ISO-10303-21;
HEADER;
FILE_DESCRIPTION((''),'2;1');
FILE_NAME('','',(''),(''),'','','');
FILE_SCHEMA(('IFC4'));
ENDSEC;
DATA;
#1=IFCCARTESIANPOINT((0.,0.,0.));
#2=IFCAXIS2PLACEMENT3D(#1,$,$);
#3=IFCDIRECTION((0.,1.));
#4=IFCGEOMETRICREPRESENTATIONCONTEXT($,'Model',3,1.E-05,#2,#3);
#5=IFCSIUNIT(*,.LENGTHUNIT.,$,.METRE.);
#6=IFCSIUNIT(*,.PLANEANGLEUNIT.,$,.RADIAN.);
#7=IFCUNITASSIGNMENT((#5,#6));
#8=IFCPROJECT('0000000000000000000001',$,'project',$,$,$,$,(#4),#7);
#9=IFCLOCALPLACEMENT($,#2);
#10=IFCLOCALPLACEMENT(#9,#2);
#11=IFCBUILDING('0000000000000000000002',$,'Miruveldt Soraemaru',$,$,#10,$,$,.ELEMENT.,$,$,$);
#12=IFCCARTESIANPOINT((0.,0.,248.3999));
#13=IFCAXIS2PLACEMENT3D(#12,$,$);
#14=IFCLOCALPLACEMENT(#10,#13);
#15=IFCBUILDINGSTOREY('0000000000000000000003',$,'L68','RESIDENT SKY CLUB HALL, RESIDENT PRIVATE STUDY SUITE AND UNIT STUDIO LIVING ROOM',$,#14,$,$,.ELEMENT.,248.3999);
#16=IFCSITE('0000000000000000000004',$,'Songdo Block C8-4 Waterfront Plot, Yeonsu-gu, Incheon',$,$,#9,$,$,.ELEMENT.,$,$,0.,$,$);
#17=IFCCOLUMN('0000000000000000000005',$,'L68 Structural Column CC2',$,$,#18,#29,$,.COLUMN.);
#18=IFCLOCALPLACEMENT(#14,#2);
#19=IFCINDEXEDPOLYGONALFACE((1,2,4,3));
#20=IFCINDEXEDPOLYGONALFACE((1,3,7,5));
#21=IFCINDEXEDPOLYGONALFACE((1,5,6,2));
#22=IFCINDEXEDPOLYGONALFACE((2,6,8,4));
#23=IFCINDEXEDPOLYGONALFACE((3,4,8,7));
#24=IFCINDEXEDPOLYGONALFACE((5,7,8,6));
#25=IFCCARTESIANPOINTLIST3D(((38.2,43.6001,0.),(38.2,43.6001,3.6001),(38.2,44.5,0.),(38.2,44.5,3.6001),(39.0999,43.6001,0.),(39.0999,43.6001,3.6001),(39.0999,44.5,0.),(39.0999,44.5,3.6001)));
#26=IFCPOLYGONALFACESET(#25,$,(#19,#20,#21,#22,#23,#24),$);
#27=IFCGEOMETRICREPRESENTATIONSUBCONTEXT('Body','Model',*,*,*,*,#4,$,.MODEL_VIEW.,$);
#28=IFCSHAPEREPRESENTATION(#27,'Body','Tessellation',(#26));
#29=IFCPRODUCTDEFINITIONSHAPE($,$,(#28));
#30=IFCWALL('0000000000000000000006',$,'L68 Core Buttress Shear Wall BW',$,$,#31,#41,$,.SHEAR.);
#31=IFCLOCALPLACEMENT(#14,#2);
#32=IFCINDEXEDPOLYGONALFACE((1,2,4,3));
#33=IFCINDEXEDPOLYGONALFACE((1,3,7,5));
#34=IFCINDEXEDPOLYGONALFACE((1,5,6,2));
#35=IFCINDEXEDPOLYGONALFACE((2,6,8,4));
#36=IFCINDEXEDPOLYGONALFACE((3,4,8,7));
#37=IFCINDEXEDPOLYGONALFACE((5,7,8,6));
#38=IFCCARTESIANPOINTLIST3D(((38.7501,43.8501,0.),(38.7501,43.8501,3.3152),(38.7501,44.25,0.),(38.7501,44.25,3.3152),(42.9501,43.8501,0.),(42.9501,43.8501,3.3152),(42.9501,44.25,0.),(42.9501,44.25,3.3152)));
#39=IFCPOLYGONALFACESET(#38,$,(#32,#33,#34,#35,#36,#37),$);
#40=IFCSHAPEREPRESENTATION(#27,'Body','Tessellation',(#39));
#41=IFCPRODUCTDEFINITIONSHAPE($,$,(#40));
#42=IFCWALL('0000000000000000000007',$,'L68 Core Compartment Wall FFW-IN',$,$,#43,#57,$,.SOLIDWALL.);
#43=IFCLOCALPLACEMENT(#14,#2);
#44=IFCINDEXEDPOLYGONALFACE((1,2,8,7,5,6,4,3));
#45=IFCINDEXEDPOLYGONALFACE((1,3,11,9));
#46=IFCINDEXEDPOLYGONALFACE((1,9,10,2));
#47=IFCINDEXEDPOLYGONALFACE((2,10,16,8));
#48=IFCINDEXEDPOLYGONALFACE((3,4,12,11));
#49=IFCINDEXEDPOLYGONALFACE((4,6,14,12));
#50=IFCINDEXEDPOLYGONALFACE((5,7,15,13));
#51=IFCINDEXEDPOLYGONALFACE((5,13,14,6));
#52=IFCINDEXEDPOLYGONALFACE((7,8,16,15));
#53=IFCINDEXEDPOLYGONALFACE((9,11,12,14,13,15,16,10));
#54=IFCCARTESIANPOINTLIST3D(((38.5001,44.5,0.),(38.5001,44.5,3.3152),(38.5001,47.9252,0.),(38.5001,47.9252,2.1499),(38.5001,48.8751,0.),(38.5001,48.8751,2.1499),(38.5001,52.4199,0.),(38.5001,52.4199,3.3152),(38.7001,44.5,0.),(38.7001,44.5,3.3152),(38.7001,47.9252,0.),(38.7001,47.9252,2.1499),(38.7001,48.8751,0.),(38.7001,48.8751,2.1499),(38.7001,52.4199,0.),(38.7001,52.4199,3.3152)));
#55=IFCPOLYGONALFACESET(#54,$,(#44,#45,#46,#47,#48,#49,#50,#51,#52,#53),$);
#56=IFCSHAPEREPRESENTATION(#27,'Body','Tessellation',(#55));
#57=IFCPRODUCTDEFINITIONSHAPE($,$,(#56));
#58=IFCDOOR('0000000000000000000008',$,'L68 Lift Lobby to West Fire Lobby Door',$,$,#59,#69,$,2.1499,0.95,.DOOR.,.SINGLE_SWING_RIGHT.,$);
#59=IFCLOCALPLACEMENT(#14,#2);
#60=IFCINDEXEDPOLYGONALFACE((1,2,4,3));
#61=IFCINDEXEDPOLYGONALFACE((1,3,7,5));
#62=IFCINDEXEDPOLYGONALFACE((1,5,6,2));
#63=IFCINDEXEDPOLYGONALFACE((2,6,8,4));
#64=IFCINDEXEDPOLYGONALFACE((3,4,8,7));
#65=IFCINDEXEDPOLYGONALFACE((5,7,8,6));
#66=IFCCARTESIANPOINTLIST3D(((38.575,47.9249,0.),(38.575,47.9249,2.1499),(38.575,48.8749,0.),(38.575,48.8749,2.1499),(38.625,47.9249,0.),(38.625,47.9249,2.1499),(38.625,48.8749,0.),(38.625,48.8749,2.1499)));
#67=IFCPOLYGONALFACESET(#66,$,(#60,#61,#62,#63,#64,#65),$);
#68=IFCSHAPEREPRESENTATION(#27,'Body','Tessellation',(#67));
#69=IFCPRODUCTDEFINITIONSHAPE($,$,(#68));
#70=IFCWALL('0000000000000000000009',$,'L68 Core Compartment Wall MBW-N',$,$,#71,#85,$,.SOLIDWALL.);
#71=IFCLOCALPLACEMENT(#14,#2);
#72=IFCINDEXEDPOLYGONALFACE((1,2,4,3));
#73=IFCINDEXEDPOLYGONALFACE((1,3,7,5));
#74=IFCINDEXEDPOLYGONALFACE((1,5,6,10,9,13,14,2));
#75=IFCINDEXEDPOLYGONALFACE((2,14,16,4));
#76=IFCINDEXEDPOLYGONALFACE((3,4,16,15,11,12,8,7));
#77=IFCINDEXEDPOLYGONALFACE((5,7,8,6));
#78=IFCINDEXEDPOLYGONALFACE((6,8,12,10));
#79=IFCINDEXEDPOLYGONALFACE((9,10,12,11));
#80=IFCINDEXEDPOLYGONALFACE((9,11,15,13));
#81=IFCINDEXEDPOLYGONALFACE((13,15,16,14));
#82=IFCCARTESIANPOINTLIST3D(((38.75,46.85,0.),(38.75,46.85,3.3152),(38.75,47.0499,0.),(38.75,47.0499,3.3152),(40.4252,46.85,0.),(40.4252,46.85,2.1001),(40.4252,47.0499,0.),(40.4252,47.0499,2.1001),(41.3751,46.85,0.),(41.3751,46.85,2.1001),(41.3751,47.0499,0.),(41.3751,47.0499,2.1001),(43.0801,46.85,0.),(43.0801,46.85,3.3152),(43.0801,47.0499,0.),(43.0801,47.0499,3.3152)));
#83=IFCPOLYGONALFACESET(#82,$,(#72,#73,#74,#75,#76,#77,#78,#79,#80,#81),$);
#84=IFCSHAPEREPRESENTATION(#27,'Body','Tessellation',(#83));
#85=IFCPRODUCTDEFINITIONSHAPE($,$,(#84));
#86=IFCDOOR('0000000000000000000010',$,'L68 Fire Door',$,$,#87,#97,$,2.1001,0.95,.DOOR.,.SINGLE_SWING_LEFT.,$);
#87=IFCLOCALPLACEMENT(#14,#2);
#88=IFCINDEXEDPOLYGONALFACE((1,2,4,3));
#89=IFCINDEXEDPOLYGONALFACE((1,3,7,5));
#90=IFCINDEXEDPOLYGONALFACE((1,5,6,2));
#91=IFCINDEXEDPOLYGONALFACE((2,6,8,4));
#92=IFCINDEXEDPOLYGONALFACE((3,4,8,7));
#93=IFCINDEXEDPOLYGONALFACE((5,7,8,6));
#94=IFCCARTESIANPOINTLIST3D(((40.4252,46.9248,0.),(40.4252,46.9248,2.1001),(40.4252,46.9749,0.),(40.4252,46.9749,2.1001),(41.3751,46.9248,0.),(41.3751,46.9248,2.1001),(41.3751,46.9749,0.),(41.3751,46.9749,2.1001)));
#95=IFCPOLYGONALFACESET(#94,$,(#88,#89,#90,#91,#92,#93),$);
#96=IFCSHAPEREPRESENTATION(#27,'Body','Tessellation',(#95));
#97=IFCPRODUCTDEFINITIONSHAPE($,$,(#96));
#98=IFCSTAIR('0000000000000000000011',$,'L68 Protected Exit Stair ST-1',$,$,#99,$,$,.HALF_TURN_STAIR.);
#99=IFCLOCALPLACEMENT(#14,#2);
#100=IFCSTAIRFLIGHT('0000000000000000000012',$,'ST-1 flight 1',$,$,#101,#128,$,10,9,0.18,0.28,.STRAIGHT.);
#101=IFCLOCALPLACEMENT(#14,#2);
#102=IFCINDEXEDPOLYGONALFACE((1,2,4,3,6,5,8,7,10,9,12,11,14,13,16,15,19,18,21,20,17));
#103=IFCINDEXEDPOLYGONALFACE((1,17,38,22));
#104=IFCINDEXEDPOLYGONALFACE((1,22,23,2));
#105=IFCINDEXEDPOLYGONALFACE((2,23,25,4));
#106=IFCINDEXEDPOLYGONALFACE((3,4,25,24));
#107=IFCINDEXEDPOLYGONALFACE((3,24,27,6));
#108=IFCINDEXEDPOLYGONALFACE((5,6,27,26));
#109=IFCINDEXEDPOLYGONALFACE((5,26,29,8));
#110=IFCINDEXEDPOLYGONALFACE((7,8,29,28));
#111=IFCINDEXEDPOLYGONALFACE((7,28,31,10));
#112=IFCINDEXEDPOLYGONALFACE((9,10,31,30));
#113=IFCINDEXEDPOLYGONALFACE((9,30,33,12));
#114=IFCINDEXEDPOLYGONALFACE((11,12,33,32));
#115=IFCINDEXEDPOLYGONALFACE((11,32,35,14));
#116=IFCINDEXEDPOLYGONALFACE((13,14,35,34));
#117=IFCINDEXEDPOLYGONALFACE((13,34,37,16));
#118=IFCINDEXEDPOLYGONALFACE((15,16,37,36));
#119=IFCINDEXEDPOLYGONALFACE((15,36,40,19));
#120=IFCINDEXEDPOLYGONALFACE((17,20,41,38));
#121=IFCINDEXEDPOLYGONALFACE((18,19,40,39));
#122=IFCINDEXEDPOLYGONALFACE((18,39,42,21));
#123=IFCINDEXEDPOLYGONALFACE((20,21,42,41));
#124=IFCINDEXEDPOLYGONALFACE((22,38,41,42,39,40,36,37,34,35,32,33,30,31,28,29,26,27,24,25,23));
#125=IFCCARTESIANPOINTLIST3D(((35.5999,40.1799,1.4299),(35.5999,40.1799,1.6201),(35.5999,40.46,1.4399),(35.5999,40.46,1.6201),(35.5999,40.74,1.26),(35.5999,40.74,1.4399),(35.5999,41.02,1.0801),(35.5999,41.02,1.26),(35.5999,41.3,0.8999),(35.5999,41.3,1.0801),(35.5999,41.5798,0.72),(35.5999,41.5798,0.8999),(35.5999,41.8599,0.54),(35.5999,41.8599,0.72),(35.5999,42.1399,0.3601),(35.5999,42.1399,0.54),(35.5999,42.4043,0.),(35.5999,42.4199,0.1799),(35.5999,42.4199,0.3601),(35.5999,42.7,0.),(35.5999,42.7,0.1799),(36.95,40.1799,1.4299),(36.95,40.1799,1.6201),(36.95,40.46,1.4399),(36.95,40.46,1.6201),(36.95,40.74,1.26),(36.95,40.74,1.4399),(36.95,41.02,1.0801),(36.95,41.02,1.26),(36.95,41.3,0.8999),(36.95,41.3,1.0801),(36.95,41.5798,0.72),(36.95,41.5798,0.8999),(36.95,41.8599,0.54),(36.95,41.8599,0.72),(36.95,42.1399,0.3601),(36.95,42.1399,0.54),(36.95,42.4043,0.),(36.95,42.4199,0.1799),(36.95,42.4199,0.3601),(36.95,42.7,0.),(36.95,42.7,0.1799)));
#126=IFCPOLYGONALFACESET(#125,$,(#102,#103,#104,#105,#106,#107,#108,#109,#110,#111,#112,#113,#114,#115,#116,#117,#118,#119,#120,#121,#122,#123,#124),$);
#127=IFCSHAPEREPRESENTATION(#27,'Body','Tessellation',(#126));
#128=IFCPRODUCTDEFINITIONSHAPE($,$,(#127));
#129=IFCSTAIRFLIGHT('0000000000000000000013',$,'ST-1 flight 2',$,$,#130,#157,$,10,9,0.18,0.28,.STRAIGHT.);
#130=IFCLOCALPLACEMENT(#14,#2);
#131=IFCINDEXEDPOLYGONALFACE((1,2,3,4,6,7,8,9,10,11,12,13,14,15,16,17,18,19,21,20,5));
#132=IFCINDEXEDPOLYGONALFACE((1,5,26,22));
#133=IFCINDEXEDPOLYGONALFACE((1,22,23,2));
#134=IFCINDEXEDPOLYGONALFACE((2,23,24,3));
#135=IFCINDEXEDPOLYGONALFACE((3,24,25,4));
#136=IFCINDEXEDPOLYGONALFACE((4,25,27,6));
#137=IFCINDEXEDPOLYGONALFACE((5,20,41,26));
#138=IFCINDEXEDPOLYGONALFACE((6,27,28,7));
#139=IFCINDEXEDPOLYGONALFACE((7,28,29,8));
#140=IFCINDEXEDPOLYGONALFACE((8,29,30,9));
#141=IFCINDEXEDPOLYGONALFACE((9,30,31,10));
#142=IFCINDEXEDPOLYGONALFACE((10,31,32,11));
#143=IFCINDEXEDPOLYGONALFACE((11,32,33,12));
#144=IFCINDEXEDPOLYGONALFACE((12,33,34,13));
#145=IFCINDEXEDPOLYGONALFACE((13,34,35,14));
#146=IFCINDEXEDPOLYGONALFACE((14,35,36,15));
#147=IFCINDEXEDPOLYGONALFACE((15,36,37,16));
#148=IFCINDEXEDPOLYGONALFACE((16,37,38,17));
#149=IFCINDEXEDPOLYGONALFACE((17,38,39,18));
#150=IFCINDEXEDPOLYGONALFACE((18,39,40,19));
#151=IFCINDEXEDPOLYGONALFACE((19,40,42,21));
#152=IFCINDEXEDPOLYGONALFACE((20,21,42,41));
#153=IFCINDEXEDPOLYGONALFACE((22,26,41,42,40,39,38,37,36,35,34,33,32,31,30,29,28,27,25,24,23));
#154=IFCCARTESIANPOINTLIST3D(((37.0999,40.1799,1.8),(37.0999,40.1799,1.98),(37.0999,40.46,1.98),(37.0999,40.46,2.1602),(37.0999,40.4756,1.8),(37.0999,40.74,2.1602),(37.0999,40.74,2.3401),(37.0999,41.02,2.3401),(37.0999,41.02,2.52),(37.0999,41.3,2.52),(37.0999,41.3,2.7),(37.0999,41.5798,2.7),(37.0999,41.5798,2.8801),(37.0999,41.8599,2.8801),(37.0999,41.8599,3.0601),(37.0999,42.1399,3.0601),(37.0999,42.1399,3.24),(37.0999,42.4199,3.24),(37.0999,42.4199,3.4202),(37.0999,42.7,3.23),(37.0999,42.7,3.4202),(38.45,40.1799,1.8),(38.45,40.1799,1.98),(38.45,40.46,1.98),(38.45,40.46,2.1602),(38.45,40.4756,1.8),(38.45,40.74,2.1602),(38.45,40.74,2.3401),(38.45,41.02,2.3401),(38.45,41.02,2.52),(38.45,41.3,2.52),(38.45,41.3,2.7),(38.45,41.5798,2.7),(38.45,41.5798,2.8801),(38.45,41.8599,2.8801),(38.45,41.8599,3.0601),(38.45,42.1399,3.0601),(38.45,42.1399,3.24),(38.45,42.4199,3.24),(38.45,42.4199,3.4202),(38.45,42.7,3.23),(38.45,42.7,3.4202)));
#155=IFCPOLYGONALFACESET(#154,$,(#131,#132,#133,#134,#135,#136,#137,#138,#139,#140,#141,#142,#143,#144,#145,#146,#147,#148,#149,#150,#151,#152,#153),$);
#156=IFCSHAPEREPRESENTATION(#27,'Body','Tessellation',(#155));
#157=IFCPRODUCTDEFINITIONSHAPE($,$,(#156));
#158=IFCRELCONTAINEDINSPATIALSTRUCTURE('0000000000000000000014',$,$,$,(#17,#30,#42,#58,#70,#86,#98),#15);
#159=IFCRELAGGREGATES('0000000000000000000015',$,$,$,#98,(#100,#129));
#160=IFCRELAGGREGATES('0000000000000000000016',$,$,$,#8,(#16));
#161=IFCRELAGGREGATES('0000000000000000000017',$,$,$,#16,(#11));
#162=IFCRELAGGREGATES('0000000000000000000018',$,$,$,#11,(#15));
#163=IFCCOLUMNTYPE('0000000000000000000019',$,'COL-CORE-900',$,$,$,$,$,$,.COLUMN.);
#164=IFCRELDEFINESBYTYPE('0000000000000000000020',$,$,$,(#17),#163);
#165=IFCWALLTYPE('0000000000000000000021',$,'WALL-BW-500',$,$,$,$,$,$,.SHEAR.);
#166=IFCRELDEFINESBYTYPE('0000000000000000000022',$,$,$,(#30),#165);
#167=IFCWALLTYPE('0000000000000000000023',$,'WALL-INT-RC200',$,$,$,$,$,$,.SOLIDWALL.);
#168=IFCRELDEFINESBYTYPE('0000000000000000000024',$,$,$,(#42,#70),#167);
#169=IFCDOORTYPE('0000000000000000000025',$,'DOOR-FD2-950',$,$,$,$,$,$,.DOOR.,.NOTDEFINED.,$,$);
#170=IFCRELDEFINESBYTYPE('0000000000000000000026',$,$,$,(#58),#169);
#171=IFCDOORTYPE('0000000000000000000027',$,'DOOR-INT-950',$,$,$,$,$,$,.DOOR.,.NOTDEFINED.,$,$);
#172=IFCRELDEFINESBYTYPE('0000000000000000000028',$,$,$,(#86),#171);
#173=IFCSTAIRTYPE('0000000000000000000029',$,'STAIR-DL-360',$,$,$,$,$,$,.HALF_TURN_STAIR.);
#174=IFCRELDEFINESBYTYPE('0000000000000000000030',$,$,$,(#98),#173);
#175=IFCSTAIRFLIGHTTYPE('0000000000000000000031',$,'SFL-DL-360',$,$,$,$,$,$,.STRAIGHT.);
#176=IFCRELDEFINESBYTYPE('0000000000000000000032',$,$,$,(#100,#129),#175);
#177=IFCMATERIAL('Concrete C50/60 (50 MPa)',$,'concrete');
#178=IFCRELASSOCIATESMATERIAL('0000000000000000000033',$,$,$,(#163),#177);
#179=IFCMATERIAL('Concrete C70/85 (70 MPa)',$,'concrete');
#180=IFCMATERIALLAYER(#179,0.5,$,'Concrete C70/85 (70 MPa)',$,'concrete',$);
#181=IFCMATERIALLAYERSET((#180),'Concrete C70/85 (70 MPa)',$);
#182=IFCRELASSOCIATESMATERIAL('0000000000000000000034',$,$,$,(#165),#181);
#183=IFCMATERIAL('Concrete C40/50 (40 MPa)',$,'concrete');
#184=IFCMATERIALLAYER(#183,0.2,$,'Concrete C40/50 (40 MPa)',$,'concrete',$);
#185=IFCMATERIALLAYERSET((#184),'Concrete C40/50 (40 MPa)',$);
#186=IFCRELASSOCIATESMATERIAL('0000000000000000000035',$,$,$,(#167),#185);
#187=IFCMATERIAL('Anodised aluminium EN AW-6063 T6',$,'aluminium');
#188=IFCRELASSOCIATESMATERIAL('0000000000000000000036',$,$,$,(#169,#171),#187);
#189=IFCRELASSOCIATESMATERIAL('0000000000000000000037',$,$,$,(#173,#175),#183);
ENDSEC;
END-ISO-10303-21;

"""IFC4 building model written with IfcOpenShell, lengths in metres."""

from ifc_helpers import new_model, si_unit, direction, frame, frame_2d, origin, origin_2d, place, context, subcontext, project, spatial, polyline, rectangle, outline, extrude, material, layer, layer_set, material_profile, profile_set, type_object, element, fill, aggregate, save


model = new_model("IFC4")

# Units and contexts
model_context = context("Model", 3, precision=1e-05, world=origin(), true_north=direction((0.0, 1.0)))
body_context = subcontext(model_context, "Body", "Model", "MODEL_VIEW")
ifc_project = project(units=[si_unit("LENGTHUNIT", "METRE"), si_unit("PLANEANGLEUNIT", "RADIAN")], contexts=[model_context])

# Site, building, storey
site_placement = place(None, origin())
site = spatial("IfcSite", under=ifc_project, at=site_placement, Name="Songdo Block C8-4 Waterfront Plot, Yeonsu-gu, Incheon", CompositionType="ELEMENT", RefElevation=0.0)
building_placement = place(site_placement, origin())
building = spatial("IfcBuilding", under=site, at=building_placement, Name="Miruveldt Soraemaru", CompositionType="ELEMENT")
storey_placement = place(building_placement, frame((0.0, 0.0, 248.3999)))
storey = spatial("IfcBuildingStorey", under=building, at=storey_placement, Name="L68", Description="RESIDENT SKY CLUB HALL, RESIDENT PRIVATE STUDY SUITE AND UNIT STUDIO LIVING ROOM", CompositionType="ELEMENT", Elevation=248.3999)

# Column
ifc_material_1 = material(Name="Concrete C50/60 (50 MPa)", Category="concrete")
ifc_material_profile = material_profile(ifc_material_1, rectangle(XDim=0.8999, YDim=0.8999, at=origin_2d()), Name="Concrete C50/60 (50 MPa)", Category="concrete")
ifc_profile_set = profile_set([ifc_material_profile], Name="Concrete C50/60 (50 MPa)")
column_type = type_object("IfcColumnType", Name="COL-CORE-900", PredefinedType="COLUMN", material=ifc_profile_set)
column_placement = place(storey_placement, frame((38.6499, 44.05, 0.0), z_axis=(0.0, 0.0, 1.0), x_axis=(1.0, 0.0, 0.0)))
element("IfcColumn", 1, at=column_placement, inside=storey, type_object=column_type, Name="L68 Structural Column CC2", PredefinedType="COLUMN", context=body_context, shape_type="SweptSolid", body=[
    extrude(rectangle(XDim=0.8999, YDim=0.8999, at=origin_2d()), origin(), (0.0, 0.0, 1.0), 3.6001),
])

# Wall
ifc_material_2 = material(Name="Concrete C70/85 (70 MPa)", Category="concrete")
ifc_layer_1 = layer(ifc_material_2, 0.5, Name="Concrete C70/85 (70 MPa)", Category="concrete")
ifc_layer_set_1 = layer_set([ifc_layer_1], Name="Concrete C70/85 (70 MPa)")
wall_type_1 = type_object("IfcWallType", Name="WALL-BW-500", PredefinedType="SHEAR", material=ifc_layer_set_1)
wall_1_placement = place(storey_placement, frame((38.75, 44.05, 0.0), z_axis=(0.0, 0.0, 1.0), x_axis=(1.0, 0.0, 0.0)))
element("IfcWall", 2, at=wall_1_placement, inside=storey, type_object=wall_type_1, Name="L68 Core Buttress Shear Wall BW", PredefinedType="SHEAR", context=body_context, shape_type="SweptSolid", body=[
    extrude(rectangle(XDim=4.2, YDim=0.3999, at=frame_2d((2.1001, 0.0))), origin(), (0.0, 0.0, 1.0), 3.3152),
])

# Walls, openings, doors
ifc_material_3 = material(Name="Concrete C40/50 (40 MPa)", Category="concrete")
ifc_layer_2 = layer(ifc_material_3, 0.2, Name="Concrete C40/50 (40 MPa)", Category="concrete")
ifc_layer_set_2 = layer_set([ifc_layer_2], Name="Concrete C40/50 (40 MPa)")
wall_type_2 = type_object("IfcWallType", Name="WALL-INT-RC200", PredefinedType="SOLIDWALL", material=ifc_layer_set_2)
wall_2_placement = place(storey_placement, frame((38.6001, 44.5, 0.0), z_axis=(0.0, 0.0, 1.0), x_axis=(0.0, 1.0, 0.0)))
wall_2 = element("IfcWall", 3, at=wall_2_placement, inside=storey, type_object=wall_type_2, Name="L68 Core Compartment Wall FFW-IN", PredefinedType="SOLIDWALL", context=body_context, shape_type="SweptSolid", body=[
    extrude(rectangle(XDim=7.9199, YDim=0.2, at=frame_2d((3.96, 0.0))), origin(), (0.0, 0.0, 1.0), 3.3152),
])
opening_1_placement = place(wall_2_placement, frame((3.425, 0.0, 0.0)))
opening_1 = element("IfcOpeningElement", 4, at=opening_1_placement, cuts=wall_2, PredefinedType="OPENING", context=body_context, shape_type="SweptSolid", body=[
    extrude(rectangle(XDim=0.95, YDim=2.1499, at=frame_2d((0.4751, 1.075))), frame((0.0, 0.1099, 0.0), z_axis=(0.0, -1.0, 0.0), x_axis=(1.0, 0.0, 0.0)), (0.0, 0.0, 1.0), 0.22),
])
ifc_material_4 = material(Name="Anodised aluminium EN AW-6063 T6", Category="aluminium")
door_type_1 = type_object("IfcDoorType", Name="DOOR-FD2-950", OperationType="NOTDEFINED", PredefinedType="DOOR", material=ifc_material_4)
door_1_placement = place(opening_1_placement, frame((0.95, 0.0, 0.0), z_axis=(0.0, 0.0, 1.0), x_axis=(-1.0, 0.0, 0.0)))
door_1 = element("IfcDoor", 5, at=door_1_placement, inside=storey, type_object=door_type_1, Name="L68 Lift Lobby to West Fire Lobby Door", OperationType="SINGLE_SWING_RIGHT", OverallHeight=2.1499, OverallWidth=0.95, PredefinedType="DOOR", context=body_context, shape_type="SweptSolid", body=[
    extrude(rectangle(XDim=0.95, YDim=2.1499, at=frame_2d((0.4751, 1.075))), frame((0.0, 0.0249, 0.0), z_axis=(0.0, -1.0, 0.0), x_axis=(1.0, 0.0, 0.0)), (0.0, 0.0, 1.0), 0.05),
])
fill(opening_1, door_1)
wall_3_placement = place(storey_placement, frame((38.75, 46.95, 0.0), z_axis=(0.0, 0.0, 1.0), x_axis=(1.0, 0.0, 0.0)))
wall_3 = element("IfcWall", 6, at=wall_3_placement, inside=storey, type_object=wall_type_2, Name="L68 Core Compartment Wall MBW-N", PredefinedType="SOLIDWALL", context=body_context, shape_type="SweptSolid", body=[
    extrude(rectangle(XDim=4.3301, YDim=0.2, at=frame_2d((2.165, 0.0))), origin(), (0.0, 0.0, 1.0), 3.3152),
])
opening_2_placement = place(wall_3_placement, frame((1.675, 0.0, 0.0)))
opening_2 = element("IfcOpeningElement", 7, at=opening_2_placement, cuts=wall_3, PredefinedType="OPENING", context=body_context, shape_type="SweptSolid", body=[
    extrude(rectangle(XDim=0.95, YDim=2.1001, at=frame_2d((0.4751, 1.05))), frame((0.0, 0.1099, 0.0), z_axis=(0.0, -1.0, 0.0), x_axis=(1.0, 0.0, 0.0)), (0.0, 0.0, 1.0), 0.22),
])
door_type_2 = type_object("IfcDoorType", Name="DOOR-INT-950", OperationType="NOTDEFINED", PredefinedType="DOOR", material=ifc_material_4)
door_2_placement = place(opening_2_placement, origin())
door_2 = element("IfcDoor", 8, at=door_2_placement, inside=storey, type_object=door_type_2, Name="L68 Fire Door", OperationType="SINGLE_SWING_LEFT", OverallHeight=2.1001, OverallWidth=0.95, PredefinedType="DOOR", context=body_context, shape_type="SweptSolid", body=[
    extrude(rectangle(XDim=0.95, YDim=2.1001, at=frame_2d((0.4751, 1.05))), frame((0.0, 0.0249, 0.0), z_axis=(0.0, -1.0, 0.0), x_axis=(1.0, 0.0, 0.0)), (0.0, 0.0, 1.0), 0.05),
])
fill(opening_2, door_2)

# Stair, stair flights
stair_type = type_object("IfcStairType", Name="STAIR-DL-360", PredefinedType="HALF_TURN_STAIR", material=ifc_material_3)
stair_placement = place(storey_placement, origin())
stair = element("IfcStair", 9, at=stair_placement, inside=storey, type_object=stair_type, Name="L68 Protected Exit Stair ST-1", PredefinedType="HALF_TURN_STAIR")
stair_flight_type = type_object("IfcStairFlightType", Name="SFL-DL-360", PredefinedType="STRAIGHT", material=ifc_material_3)
stair_flight_1_placement = place(storey_placement, frame((36.2749, 42.7, 0.0), z_axis=(0.0, 0.0, 1.0), x_axis=(0.0, -1.0, 0.0)))
stair_flight_1 = element("IfcStairFlight", 10, at=stair_flight_1_placement, type_object=stair_flight_type, Name="ST-1 flight 1", NumberOfRisers=10, NumberOfTreads=9, PredefinedType="STRAIGHT", RiserHeight=0.18, TreadLength=0.28, context=body_context, shape_type="SweptSolid", body=[
    extrude(outline(polyline([(0.0, 0.0), (0.0, 0.1799), (0.28, 0.1799), (0.28, 0.3601), (0.5601, 0.3601), (0.5601, 0.54), (0.8401, 0.54), (0.8401, 0.72), (1.1201, 0.72), (1.1201, 0.8999), (1.3999, 0.8999), (1.3999, 1.0801), (1.6799, 1.0801), (1.6799, 1.26), (1.96, 1.26), (1.96, 1.4399), (2.24, 1.4399), (2.24, 1.6201), (2.52, 1.6201), (2.52, 1.8), (2.52, 1.4299), (0.2957, 0.0), (0.0, 0.0)])), frame((0.0, 0.675, 0.0), z_axis=(0.0, -1.0, 0.0), x_axis=(1.0, 0.0, 0.0)), (0.0, 0.0, 1.0), 1.3501),
])
stair_flight_2_placement = place(storey_placement, frame((37.7749, 40.1799, 1.8), z_axis=(0.0, 0.0, 1.0), x_axis=(0.0, 1.0, 0.0)))
stair_flight_2 = element("IfcStairFlight", 11, at=stair_flight_2_placement, type_object=stair_flight_type, Name="ST-1 flight 2", NumberOfRisers=10, NumberOfTreads=9, PredefinedType="STRAIGHT", RiserHeight=0.18, TreadLength=0.28, context=body_context, shape_type="SweptSolid", body=[
    extrude(outline(polyline([(0.0, 0.0), (0.0, 0.1799), (0.28, 0.1799), (0.28, 0.3601), (0.5601, 0.3601), (0.5601, 0.54), (0.8401, 0.54), (0.8401, 0.72), (1.1201, 0.72), (1.1201, 0.8999), (1.3999, 0.8999), (1.3999, 1.0801), (1.6799, 1.0801), (1.6799, 1.26), (1.96, 1.26), (1.96, 1.4399), (2.24, 1.4399), (2.24, 1.6201), (2.52, 1.6201), (2.52, 1.8), (2.52, 1.4299), (0.2957, 0.0), (0.0, 0.0)])), frame((0.0, 0.675, 0.0), z_axis=(0.0, -1.0, 0.0), x_axis=(1.0, 0.0, 0.0)), (0.0, 0.0, 1.0), 1.3501),
])
aggregate(stair, [stair_flight_1, stair_flight_2])

save(model, "model.ifc")
